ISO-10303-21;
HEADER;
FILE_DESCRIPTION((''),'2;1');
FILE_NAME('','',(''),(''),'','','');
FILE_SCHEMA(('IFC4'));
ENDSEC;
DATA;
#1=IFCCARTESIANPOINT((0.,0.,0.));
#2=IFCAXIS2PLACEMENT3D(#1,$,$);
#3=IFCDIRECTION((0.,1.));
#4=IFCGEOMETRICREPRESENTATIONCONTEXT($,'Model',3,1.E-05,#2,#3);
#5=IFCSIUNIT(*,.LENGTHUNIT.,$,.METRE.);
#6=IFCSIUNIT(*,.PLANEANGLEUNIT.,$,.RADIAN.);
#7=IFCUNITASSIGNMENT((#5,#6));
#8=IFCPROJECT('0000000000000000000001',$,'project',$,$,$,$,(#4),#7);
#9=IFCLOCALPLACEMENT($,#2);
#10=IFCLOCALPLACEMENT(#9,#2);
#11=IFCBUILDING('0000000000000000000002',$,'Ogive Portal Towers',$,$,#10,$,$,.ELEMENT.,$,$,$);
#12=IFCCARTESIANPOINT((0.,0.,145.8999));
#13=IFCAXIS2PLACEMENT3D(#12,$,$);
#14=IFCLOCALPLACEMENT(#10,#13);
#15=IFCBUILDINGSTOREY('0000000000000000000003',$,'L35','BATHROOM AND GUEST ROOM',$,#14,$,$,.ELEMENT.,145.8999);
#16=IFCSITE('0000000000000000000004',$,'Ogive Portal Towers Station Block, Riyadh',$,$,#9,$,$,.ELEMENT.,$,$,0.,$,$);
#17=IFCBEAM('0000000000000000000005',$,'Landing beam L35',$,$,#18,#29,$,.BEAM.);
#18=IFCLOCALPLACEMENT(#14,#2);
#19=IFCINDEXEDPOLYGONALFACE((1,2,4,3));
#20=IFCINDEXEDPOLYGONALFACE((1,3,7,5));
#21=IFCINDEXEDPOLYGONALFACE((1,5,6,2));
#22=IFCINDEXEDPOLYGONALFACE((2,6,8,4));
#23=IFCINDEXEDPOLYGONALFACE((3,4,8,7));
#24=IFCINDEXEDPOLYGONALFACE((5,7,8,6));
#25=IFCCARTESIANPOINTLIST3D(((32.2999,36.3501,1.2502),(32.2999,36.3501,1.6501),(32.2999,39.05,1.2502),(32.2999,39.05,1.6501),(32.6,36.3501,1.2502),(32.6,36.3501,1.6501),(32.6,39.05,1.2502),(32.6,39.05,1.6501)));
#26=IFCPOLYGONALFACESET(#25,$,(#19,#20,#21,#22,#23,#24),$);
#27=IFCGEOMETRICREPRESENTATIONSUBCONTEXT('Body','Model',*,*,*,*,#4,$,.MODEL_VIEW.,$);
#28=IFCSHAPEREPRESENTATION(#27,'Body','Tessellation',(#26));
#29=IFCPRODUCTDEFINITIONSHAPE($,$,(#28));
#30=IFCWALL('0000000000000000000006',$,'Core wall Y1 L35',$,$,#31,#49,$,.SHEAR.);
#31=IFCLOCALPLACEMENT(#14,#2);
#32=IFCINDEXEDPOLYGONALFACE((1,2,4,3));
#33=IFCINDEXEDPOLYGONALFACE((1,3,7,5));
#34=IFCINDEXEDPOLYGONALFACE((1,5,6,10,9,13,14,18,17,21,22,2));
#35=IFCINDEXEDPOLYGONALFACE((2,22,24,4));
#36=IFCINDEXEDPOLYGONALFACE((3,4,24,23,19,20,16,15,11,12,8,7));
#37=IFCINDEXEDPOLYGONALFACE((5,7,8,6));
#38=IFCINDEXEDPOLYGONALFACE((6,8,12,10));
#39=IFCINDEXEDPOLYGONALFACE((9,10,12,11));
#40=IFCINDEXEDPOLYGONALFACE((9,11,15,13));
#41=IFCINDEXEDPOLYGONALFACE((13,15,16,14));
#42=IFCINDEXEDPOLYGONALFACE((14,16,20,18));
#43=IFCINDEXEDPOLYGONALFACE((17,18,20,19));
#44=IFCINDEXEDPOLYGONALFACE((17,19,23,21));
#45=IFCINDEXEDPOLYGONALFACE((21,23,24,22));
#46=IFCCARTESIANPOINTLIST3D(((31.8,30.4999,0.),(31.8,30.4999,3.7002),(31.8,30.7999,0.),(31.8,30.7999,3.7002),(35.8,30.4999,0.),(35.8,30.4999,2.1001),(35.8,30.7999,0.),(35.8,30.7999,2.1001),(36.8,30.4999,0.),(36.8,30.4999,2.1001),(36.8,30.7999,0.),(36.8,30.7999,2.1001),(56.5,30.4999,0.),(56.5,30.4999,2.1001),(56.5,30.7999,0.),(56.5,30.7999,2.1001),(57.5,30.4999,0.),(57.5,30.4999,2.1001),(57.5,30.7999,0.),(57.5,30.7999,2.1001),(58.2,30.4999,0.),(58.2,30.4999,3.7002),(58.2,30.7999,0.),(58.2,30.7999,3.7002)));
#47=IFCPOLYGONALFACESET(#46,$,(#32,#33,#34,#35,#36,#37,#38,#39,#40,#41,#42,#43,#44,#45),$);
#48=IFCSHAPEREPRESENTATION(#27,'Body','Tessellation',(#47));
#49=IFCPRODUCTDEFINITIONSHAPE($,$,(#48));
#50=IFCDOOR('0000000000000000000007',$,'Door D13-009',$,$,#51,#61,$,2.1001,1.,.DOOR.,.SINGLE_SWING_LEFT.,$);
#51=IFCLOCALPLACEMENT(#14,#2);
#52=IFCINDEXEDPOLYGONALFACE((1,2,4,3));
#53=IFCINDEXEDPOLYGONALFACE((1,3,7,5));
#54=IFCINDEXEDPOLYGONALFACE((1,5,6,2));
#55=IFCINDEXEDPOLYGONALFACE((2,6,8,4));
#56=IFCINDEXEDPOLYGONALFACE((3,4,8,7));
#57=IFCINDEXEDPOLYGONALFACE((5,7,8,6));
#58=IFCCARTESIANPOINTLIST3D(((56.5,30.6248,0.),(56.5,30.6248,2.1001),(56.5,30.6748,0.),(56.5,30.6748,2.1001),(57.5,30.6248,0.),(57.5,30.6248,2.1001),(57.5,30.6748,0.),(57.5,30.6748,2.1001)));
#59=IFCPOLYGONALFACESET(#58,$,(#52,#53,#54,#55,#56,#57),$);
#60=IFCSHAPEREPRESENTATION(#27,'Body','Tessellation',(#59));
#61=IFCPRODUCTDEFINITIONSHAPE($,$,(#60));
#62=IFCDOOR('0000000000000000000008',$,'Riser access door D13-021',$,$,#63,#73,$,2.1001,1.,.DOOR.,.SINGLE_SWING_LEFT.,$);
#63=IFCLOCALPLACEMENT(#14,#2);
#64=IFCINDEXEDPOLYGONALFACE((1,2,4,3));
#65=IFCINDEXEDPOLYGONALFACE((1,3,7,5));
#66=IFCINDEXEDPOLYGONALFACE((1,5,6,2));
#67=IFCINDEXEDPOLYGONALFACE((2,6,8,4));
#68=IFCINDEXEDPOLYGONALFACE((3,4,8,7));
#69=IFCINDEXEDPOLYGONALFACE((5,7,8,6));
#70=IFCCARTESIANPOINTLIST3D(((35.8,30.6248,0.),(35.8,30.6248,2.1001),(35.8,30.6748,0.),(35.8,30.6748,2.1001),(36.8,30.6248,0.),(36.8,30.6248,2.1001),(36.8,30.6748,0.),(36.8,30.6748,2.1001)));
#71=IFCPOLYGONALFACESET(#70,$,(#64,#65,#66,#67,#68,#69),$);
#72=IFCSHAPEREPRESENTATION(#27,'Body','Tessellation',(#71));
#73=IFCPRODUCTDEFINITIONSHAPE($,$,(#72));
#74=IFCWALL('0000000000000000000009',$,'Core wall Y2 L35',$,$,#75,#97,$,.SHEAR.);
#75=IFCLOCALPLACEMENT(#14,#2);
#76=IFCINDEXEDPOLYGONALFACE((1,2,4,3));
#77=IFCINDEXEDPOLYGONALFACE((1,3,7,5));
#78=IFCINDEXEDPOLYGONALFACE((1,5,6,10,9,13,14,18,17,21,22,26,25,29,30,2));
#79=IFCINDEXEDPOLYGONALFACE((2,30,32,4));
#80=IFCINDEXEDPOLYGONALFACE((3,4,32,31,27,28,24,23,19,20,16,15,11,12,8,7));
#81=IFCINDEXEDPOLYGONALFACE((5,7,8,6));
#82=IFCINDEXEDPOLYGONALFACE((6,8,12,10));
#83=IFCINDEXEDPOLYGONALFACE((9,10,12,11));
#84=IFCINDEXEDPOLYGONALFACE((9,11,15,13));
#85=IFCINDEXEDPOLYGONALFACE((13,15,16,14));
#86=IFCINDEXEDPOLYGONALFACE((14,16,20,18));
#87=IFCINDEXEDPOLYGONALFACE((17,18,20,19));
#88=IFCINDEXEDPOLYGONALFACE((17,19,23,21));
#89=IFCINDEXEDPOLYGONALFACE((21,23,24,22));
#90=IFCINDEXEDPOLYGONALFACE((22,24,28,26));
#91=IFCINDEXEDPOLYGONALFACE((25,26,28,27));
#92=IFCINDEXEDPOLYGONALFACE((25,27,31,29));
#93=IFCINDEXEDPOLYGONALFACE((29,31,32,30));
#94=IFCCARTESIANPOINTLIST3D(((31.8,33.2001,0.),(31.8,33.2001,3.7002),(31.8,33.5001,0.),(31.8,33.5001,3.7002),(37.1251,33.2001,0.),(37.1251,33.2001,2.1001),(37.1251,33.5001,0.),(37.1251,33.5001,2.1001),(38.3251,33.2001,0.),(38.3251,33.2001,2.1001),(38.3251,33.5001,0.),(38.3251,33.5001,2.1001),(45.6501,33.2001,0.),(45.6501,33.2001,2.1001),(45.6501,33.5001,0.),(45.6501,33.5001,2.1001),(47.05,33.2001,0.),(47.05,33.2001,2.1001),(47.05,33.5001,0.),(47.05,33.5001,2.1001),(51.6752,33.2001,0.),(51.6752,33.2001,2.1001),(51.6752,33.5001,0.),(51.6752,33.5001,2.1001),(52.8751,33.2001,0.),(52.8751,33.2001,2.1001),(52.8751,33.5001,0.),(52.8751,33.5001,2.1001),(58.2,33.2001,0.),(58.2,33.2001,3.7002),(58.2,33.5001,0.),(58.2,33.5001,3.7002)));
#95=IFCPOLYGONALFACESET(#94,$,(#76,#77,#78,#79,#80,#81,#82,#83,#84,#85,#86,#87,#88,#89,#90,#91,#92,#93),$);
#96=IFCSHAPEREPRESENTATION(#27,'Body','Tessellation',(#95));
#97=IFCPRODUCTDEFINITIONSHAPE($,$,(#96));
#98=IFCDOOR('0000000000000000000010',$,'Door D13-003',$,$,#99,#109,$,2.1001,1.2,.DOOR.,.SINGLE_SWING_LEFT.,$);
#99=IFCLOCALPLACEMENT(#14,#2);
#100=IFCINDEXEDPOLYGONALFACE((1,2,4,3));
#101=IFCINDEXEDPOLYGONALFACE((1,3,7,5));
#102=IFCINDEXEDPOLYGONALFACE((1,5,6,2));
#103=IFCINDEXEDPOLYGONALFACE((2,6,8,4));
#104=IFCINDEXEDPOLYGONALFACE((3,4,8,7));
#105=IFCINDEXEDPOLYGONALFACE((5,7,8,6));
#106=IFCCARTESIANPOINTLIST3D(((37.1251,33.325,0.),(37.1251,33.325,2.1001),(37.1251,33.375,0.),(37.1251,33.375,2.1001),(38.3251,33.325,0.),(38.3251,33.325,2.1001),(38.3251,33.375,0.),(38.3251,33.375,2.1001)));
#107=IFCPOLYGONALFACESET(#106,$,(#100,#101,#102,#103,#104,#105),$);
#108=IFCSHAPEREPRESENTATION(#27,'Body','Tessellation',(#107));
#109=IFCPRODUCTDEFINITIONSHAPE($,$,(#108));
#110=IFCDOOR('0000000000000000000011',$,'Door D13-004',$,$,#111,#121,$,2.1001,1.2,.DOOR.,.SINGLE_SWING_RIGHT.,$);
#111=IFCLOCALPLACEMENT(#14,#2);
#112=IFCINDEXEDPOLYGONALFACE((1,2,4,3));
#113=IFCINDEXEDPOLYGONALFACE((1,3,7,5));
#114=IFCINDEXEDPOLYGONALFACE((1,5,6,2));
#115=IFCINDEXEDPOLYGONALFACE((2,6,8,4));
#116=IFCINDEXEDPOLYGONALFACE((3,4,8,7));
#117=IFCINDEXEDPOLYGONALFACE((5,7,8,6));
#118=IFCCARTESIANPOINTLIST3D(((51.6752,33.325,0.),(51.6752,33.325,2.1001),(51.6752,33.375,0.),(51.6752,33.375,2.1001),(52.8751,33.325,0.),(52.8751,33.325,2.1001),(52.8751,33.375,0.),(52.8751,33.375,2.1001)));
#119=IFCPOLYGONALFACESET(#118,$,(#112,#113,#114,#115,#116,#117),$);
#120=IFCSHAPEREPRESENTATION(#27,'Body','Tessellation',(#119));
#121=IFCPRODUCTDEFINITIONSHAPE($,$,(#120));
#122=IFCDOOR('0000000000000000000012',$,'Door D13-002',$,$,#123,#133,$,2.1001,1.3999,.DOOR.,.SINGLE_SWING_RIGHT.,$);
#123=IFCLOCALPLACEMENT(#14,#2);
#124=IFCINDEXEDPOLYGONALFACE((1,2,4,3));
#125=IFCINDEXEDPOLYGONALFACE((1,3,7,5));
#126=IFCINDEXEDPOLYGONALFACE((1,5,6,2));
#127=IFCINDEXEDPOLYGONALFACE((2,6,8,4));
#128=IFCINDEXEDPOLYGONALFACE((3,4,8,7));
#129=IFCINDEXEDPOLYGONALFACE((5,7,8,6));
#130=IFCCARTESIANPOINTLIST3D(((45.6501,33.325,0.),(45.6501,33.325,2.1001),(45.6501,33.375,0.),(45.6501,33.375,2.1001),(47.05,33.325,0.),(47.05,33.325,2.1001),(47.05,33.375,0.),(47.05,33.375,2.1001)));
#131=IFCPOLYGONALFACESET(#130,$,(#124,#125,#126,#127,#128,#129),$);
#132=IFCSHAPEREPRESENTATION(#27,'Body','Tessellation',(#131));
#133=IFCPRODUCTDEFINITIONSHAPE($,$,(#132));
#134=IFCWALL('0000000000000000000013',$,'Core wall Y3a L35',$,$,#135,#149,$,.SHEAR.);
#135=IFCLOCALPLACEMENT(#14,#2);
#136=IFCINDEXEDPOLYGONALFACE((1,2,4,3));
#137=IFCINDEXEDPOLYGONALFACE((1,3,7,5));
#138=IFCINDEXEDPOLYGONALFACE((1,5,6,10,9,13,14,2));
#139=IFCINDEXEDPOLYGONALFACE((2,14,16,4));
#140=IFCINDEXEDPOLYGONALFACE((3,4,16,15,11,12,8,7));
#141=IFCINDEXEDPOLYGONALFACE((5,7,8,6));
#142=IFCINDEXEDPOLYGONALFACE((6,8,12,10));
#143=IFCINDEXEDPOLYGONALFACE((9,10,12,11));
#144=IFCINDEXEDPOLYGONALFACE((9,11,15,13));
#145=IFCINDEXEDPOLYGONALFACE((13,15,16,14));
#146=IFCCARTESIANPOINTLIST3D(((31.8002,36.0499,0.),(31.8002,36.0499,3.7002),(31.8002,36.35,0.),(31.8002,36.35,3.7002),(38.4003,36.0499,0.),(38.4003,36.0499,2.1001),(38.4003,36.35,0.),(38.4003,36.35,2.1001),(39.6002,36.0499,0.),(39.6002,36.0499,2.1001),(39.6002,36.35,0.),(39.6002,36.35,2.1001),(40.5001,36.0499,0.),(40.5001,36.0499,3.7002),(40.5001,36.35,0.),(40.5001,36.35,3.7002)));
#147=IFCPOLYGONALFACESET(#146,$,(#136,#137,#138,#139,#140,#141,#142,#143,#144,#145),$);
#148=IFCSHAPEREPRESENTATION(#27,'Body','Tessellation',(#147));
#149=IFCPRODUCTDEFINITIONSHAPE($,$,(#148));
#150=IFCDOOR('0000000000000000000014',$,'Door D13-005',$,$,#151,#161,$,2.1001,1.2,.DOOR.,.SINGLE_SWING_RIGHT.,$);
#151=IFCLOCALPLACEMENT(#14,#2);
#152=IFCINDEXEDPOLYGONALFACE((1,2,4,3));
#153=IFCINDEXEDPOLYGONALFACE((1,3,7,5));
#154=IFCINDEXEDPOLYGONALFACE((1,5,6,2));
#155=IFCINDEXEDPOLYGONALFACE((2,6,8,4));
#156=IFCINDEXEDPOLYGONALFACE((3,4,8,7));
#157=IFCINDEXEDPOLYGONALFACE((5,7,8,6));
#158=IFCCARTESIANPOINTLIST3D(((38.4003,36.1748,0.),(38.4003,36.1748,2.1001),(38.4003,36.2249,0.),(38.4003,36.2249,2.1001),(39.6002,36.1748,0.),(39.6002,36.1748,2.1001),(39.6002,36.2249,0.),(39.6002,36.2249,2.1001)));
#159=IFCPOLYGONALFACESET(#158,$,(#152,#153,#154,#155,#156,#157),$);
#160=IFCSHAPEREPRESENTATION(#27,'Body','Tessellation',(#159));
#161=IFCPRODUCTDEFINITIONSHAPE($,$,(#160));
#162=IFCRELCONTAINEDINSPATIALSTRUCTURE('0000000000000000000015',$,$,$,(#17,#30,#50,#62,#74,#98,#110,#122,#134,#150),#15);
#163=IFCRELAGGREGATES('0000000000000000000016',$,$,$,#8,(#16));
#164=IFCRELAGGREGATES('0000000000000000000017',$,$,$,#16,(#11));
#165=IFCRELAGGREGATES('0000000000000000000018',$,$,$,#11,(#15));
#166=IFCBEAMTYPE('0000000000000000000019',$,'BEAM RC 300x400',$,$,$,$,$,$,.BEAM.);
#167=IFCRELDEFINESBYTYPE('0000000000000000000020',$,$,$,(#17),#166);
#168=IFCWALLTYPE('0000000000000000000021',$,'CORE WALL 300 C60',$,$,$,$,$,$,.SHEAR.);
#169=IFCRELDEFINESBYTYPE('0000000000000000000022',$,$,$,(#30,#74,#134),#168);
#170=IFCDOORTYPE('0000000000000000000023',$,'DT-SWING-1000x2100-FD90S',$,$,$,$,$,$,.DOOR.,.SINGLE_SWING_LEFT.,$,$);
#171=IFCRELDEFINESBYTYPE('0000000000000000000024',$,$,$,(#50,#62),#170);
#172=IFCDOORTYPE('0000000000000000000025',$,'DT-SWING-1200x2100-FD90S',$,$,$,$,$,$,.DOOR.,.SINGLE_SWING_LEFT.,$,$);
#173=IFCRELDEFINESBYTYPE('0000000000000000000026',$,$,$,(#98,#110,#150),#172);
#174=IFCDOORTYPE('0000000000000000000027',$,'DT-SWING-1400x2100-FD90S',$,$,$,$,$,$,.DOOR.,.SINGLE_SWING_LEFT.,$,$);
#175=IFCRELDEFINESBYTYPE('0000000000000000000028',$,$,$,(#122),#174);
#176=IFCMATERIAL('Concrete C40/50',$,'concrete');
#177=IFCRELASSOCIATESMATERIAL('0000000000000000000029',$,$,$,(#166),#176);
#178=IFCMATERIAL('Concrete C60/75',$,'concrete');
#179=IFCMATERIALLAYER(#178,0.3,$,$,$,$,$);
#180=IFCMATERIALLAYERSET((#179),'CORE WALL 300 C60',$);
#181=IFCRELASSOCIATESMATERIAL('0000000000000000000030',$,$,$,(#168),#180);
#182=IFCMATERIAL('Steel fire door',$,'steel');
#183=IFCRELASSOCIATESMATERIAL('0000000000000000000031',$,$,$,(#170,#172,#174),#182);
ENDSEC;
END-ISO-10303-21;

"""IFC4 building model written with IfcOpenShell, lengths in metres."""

from ifc_helpers import new_model, si_unit, direction, frame, frame_2d, origin, origin_2d, place, context, subcontext, project, spatial, rectangle, extrude, material, layer, layer_set, material_profile, profile_set, type_object, element, fill, save


model = new_model("IFC4")

# Units and contexts
model_context = context("Model", 3, precision=1e-05, world=origin(), true_north=direction((0.0, 1.0)))
body_context = subcontext(model_context, "Body", "Model", "MODEL_VIEW")
ifc_project = project(units=[si_unit("LENGTHUNIT", "METRE"), si_unit("PLANEANGLEUNIT", "RADIAN")], contexts=[model_context])

# Site, building, storey
site_placement = place(None, origin())
site = spatial("IfcSite", under=ifc_project, at=site_placement, Name="Ogive Portal Towers Station Block, Riyadh", CompositionType="ELEMENT", RefElevation=0.0)
building_placement = place(site_placement, origin())
building = spatial("IfcBuilding", under=site, at=building_placement, Name="Ogive Portal Towers", CompositionType="ELEMENT")
storey_placement = place(building_placement, frame((0.0, 0.0, 145.8999)))
storey = spatial("IfcBuildingStorey", under=building, at=storey_placement, Name="L35", Description="BATHROOM AND GUEST ROOM", CompositionType="ELEMENT", Elevation=145.8999)

# Beam
ifc_material_1 = material(Name="Concrete C40/50", Category="concrete")
ifc_material_profile = material_profile(ifc_material_1, rectangle(XDim=0.3, YDim=0.3999, at=origin_2d()), Name="RC 300x400")
ifc_profile_set = profile_set([ifc_material_profile], Name="Concrete C40/50")
beam_type = type_object("IfcBeamType", Name="BEAM RC 300x400", PredefinedType="BEAM", material=ifc_profile_set)
beam_placement = place(storey_placement, frame((32.45, 36.3501, 1.4502), z_axis=(0.0, 1.0, 0.0), x_axis=(-1.0, 0.0, 0.0)))
element("IfcBeam", 1, at=beam_placement, inside=storey, type_object=beam_type, Name="Landing beam L35", PredefinedType="BEAM", context=body_context, shape_type="SweptSolid", body=[
    extrude(rectangle(XDim=0.3, YDim=0.3999, at=origin_2d()), origin(), (0.0, 0.0, 1.0), 2.7),
])

# Walls, openings, doors
ifc_material_2 = material(Name="Concrete C60/75", Category="concrete")
ifc_layer_1 = layer(ifc_material_2, 0.3)
ifc_layer_set_1 = layer_set([ifc_layer_1], Name="CORE WALL 300 C60")
wall_type_1 = type_object("IfcWallType", Name="CORE WALL 300 C60", PredefinedType="SHEAR", material=ifc_layer_set_1)
wall_1_placement = place(storey_placement, frame((31.8, 30.6499, 0.0), z_axis=(0.0, 0.0, 1.0), x_axis=(1.0, 0.0, 0.0)))
wall_1 = element("IfcWall", 2, at=wall_1_placement, inside=storey, type_object=wall_type_1, Name="Core wall Y1 L35", PredefinedType="SHEAR", context=body_context, shape_type="SweptSolid", body=[
    extrude(rectangle(XDim=26.3999, YDim=0.3, at=frame_2d((13.2, 0.0))), origin(), (0.0, 0.0, 1.0), 3.7002),
])
opening_1_placement = place(wall_1_placement, frame((24.7, 0.0, 0.0)))
opening_1 = element("IfcOpeningElement", 3, at=opening_1_placement, cuts=wall_1, PredefinedType="OPENING", context=body_context, shape_type="SweptSolid", body=[
    extrude(rectangle(XDim=1.0, YDim=2.1001, at=frame_2d((0.5, 1.05))), frame((0.0, 0.1602, 0.0), z_axis=(0.0, -1.0, 0.0), x_axis=(1.0, 0.0, 0.0)), (0.0, 0.0, 1.0), 0.3201),
])
opening_2_placement = place(wall_1_placement, frame((4.0, 0.0, 0.0)))
opening_2 = element("IfcOpeningElement", 4, at=opening_2_placement, cuts=wall_1, PredefinedType="OPENING", context=body_context, shape_type="SweptSolid", body=[
    extrude(rectangle(XDim=1.0, YDim=2.1001, at=frame_2d((0.5, 1.05))), frame((0.0, 0.1602, 0.0), z_axis=(0.0, -1.0, 0.0), x_axis=(1.0, 0.0, 0.0)), (0.0, 0.0, 1.0), 0.3201),
])
ifc_material_3 = material(Name="Steel fire door", Category="steel")
door_type_1 = type_object("IfcDoorType", Name="DT-SWING-1000x2100-FD90S", OperationType="SINGLE_SWING_LEFT", PredefinedType="DOOR", material=ifc_material_3)
door_1_placement = place(opening_1_placement, origin())
door_1 = element("IfcDoor", 5, at=door_1_placement, inside=storey, type_object=door_type_1, Name="Door D13-009", OperationType="SINGLE_SWING_LEFT", OverallHeight=2.1001, OverallWidth=1.0, PredefinedType="DOOR", context=body_context, shape_type="SweptSolid", body=[
    extrude(rectangle(XDim=1.0, YDim=2.1001, at=frame_2d((0.5, 1.05))), frame((0.0, 0.0249, 0.0), z_axis=(0.0, -1.0, 0.0), x_axis=(1.0, 0.0, 0.0)), (0.0, 0.0, 1.0), 0.05),
])
fill(opening_1, door_1)
door_2_placement = place(opening_2_placement, origin())
door_2 = element("IfcDoor", 6, at=door_2_placement, inside=storey, type_object=door_type_1, Name="Riser access door D13-021", OperationType="SINGLE_SWING_LEFT", OverallHeight=2.1001, OverallWidth=1.0, PredefinedType="DOOR", context=body_context, shape_type="SweptSolid", body=[
    extrude(rectangle(XDim=1.0, YDim=2.1001, at=frame_2d((0.5, 1.05))), frame((0.0, 0.0249, 0.0), z_axis=(0.0, -1.0, 0.0), x_axis=(1.0, 0.0, 0.0)), (0.0, 0.0, 1.0), 0.05),
])
fill(opening_2, door_2)
wall_2_placement = place(storey_placement, frame((31.8, 33.3501, 0.0), z_axis=(0.0, 0.0, 1.0), x_axis=(1.0, 0.0, 0.0)))
wall_2 = element("IfcWall", 7, at=wall_2_placement, inside=storey, type_object=wall_type_1, Name="Core wall Y2 L35", PredefinedType="SHEAR", context=body_context, shape_type="SweptSolid", body=[
    extrude(rectangle(XDim=26.3999, YDim=0.3, at=frame_2d((13.2, 0.0))), origin(), (0.0, 0.0, 1.0), 3.7002),
])
opening_3_placement = place(wall_2_placement, frame((13.8501, 0.0, 0.0)))
opening_3 = element("IfcOpeningElement", 8, at=opening_3_placement, cuts=wall_2, PredefinedType="OPENING", context=body_context, shape_type="SweptSolid", body=[
    extrude(rectangle(XDim=1.3999, YDim=2.1001, at=frame_2d((0.7, 1.05))), frame((0.0, 0.1602, 0.0), z_axis=(0.0, -1.0, 0.0), x_axis=(1.0, 0.0, 0.0)), (0.0, 0.0, 1.0), 0.3201),
])
opening_4_placement = place(wall_2_placement, frame((5.325, 0.0, 0.0)))
opening_4 = element("IfcOpeningElement", 9, at=opening_4_placement, cuts=wall_2, PredefinedType="OPENING", context=body_context, shape_type="SweptSolid", body=[
    extrude(rectangle(XDim=1.2, YDim=2.1001, at=frame_2d((0.6001, 1.05))), frame((0.0, 0.1602, 0.0), z_axis=(0.0, -1.0, 0.0), x_axis=(1.0, 0.0, 0.0)), (0.0, 0.0, 1.0), 0.3201),
])
opening_5_placement = place(wall_2_placement, frame((19.875, 0.0, 0.0)))
opening_5 = element("IfcOpeningElement", 10, at=opening_5_placement, cuts=wall_2, PredefinedType="OPENING", context=body_context, shape_type="SweptSolid", body=[
    extrude(rectangle(XDim=1.2, YDim=2.1001, at=frame_2d((0.6001, 1.05))), frame((0.0, 0.1602, 0.0), z_axis=(0.0, -1.0, 0.0), x_axis=(1.0, 0.0, 0.0)), (0.0, 0.0, 1.0), 0.3201),
])
door_type_2 = type_object("IfcDoorType", Name="DT-SWING-1200x2100-FD90S", OperationType="SINGLE_SWING_LEFT", PredefinedType="DOOR", material=ifc_material_3)
door_3_placement = place(opening_4_placement, origin())
door_3 = element("IfcDoor", 11, at=door_3_placement, inside=storey, type_object=door_type_2, Name="Door D13-003", OperationType="SINGLE_SWING_LEFT", OverallHeight=2.1001, OverallWidth=1.2, PredefinedType="DOOR", context=body_context, shape_type="SweptSolid", body=[
    extrude(rectangle(XDim=1.2, YDim=2.1001, at=frame_2d((0.6001, 1.05))), frame((0.0, 0.0249, 0.0), z_axis=(0.0, -1.0, 0.0), x_axis=(1.0, 0.0, 0.0)), (0.0, 0.0, 1.0), 0.05),
])
fill(opening_4, door_3)
door_4_placement = place(opening_5_placement, origin())
door_4 = element("IfcDoor", 12, at=door_4_placement, inside=storey, type_object=door_type_2, Name="Door D13-004", OperationType="SINGLE_SWING_RIGHT", OverallHeight=2.1001, OverallWidth=1.2, PredefinedType="DOOR", context=body_context, shape_type="SweptSolid", body=[
    extrude(rectangle(XDim=1.2, YDim=2.1001, at=frame_2d((0.6001, 1.05))), frame((0.0, 0.0249, 0.0), z_axis=(0.0, -1.0, 0.0), x_axis=(1.0, 0.0, 0.0)), (0.0, 0.0, 1.0), 0.05),
])
fill(opening_5, door_4)
door_type_3 = type_object("IfcDoorType", Name="DT-SWING-1400x2100-FD90S", OperationType="SINGLE_SWING_LEFT", PredefinedType="DOOR", material=ifc_material_3)
door_5_placement = place(opening_3_placement, origin())
door_5 = element("IfcDoor", 13, at=door_5_placement, inside=storey, type_object=door_type_3, Name="Door D13-002", OperationType="SINGLE_SWING_RIGHT", OverallHeight=2.1001, OverallWidth=1.3999, PredefinedType="DOOR", context=body_context, shape_type="SweptSolid", body=[
    extrude(rectangle(XDim=1.3999, YDim=2.1001, at=frame_2d((0.7, 1.05))), frame((0.0, 0.0249, 0.0), z_axis=(0.0, -1.0, 0.0), x_axis=(1.0, 0.0, 0.0)), (0.0, 0.0, 1.0), 0.05),
])
fill(opening_3, door_5)

# Wall, opening, door
wall_3_placement = place(storey_placement, frame((31.8, 36.2, 0.0), z_axis=(0.0, 0.0, 1.0), x_axis=(1.0, 0.0, 0.0)))
wall_3 = element("IfcWall", 14, at=wall_3_placement, inside=storey, type_object=wall_type_1, Name="Core wall Y3a L35", PredefinedType="SHEAR", context=body_context, shape_type="SweptSolid", body=[
    extrude(rectangle(XDim=8.7, YDim=0.3, at=frame_2d((4.3501, 0.0))), origin(), (0.0, 0.0, 1.0), 3.7002),
])
opening_6_placement = place(wall_3_placement, frame((6.6001, 0.0, 0.0)))
opening_6 = element("IfcOpeningElement", 15, at=opening_6_placement, cuts=wall_3, PredefinedType="OPENING", context=body_context, shape_type="SweptSolid", body=[
    extrude(rectangle(XDim=1.2, YDim=2.1001, at=frame_2d((0.6001, 1.05))), frame((0.0, 0.1602, 0.0), z_axis=(0.0, -1.0, 0.0), x_axis=(1.0, 0.0, 0.0)), (0.0, 0.0, 1.0), 0.3201),
])
door_6_placement = place(opening_6_placement, origin())
door_6 = element("IfcDoor", 16, at=door_6_placement, inside=storey, type_object=door_type_2, Name="Door D13-005", OperationType="SINGLE_SWING_RIGHT", OverallHeight=2.1001, OverallWidth=1.2, PredefinedType="DOOR", context=body_context, shape_type="SweptSolid", body=[
    extrude(rectangle(XDim=1.2, YDim=2.1001, at=frame_2d((0.6001, 1.05))), frame((0.0, 0.0249, 0.0), z_axis=(0.0, -1.0, 0.0), x_axis=(1.0, 0.0, 0.0)), (0.0, 0.0, 1.0), 0.05),
])
fill(opening_6, door_6)

save(model, "model.ifc")
